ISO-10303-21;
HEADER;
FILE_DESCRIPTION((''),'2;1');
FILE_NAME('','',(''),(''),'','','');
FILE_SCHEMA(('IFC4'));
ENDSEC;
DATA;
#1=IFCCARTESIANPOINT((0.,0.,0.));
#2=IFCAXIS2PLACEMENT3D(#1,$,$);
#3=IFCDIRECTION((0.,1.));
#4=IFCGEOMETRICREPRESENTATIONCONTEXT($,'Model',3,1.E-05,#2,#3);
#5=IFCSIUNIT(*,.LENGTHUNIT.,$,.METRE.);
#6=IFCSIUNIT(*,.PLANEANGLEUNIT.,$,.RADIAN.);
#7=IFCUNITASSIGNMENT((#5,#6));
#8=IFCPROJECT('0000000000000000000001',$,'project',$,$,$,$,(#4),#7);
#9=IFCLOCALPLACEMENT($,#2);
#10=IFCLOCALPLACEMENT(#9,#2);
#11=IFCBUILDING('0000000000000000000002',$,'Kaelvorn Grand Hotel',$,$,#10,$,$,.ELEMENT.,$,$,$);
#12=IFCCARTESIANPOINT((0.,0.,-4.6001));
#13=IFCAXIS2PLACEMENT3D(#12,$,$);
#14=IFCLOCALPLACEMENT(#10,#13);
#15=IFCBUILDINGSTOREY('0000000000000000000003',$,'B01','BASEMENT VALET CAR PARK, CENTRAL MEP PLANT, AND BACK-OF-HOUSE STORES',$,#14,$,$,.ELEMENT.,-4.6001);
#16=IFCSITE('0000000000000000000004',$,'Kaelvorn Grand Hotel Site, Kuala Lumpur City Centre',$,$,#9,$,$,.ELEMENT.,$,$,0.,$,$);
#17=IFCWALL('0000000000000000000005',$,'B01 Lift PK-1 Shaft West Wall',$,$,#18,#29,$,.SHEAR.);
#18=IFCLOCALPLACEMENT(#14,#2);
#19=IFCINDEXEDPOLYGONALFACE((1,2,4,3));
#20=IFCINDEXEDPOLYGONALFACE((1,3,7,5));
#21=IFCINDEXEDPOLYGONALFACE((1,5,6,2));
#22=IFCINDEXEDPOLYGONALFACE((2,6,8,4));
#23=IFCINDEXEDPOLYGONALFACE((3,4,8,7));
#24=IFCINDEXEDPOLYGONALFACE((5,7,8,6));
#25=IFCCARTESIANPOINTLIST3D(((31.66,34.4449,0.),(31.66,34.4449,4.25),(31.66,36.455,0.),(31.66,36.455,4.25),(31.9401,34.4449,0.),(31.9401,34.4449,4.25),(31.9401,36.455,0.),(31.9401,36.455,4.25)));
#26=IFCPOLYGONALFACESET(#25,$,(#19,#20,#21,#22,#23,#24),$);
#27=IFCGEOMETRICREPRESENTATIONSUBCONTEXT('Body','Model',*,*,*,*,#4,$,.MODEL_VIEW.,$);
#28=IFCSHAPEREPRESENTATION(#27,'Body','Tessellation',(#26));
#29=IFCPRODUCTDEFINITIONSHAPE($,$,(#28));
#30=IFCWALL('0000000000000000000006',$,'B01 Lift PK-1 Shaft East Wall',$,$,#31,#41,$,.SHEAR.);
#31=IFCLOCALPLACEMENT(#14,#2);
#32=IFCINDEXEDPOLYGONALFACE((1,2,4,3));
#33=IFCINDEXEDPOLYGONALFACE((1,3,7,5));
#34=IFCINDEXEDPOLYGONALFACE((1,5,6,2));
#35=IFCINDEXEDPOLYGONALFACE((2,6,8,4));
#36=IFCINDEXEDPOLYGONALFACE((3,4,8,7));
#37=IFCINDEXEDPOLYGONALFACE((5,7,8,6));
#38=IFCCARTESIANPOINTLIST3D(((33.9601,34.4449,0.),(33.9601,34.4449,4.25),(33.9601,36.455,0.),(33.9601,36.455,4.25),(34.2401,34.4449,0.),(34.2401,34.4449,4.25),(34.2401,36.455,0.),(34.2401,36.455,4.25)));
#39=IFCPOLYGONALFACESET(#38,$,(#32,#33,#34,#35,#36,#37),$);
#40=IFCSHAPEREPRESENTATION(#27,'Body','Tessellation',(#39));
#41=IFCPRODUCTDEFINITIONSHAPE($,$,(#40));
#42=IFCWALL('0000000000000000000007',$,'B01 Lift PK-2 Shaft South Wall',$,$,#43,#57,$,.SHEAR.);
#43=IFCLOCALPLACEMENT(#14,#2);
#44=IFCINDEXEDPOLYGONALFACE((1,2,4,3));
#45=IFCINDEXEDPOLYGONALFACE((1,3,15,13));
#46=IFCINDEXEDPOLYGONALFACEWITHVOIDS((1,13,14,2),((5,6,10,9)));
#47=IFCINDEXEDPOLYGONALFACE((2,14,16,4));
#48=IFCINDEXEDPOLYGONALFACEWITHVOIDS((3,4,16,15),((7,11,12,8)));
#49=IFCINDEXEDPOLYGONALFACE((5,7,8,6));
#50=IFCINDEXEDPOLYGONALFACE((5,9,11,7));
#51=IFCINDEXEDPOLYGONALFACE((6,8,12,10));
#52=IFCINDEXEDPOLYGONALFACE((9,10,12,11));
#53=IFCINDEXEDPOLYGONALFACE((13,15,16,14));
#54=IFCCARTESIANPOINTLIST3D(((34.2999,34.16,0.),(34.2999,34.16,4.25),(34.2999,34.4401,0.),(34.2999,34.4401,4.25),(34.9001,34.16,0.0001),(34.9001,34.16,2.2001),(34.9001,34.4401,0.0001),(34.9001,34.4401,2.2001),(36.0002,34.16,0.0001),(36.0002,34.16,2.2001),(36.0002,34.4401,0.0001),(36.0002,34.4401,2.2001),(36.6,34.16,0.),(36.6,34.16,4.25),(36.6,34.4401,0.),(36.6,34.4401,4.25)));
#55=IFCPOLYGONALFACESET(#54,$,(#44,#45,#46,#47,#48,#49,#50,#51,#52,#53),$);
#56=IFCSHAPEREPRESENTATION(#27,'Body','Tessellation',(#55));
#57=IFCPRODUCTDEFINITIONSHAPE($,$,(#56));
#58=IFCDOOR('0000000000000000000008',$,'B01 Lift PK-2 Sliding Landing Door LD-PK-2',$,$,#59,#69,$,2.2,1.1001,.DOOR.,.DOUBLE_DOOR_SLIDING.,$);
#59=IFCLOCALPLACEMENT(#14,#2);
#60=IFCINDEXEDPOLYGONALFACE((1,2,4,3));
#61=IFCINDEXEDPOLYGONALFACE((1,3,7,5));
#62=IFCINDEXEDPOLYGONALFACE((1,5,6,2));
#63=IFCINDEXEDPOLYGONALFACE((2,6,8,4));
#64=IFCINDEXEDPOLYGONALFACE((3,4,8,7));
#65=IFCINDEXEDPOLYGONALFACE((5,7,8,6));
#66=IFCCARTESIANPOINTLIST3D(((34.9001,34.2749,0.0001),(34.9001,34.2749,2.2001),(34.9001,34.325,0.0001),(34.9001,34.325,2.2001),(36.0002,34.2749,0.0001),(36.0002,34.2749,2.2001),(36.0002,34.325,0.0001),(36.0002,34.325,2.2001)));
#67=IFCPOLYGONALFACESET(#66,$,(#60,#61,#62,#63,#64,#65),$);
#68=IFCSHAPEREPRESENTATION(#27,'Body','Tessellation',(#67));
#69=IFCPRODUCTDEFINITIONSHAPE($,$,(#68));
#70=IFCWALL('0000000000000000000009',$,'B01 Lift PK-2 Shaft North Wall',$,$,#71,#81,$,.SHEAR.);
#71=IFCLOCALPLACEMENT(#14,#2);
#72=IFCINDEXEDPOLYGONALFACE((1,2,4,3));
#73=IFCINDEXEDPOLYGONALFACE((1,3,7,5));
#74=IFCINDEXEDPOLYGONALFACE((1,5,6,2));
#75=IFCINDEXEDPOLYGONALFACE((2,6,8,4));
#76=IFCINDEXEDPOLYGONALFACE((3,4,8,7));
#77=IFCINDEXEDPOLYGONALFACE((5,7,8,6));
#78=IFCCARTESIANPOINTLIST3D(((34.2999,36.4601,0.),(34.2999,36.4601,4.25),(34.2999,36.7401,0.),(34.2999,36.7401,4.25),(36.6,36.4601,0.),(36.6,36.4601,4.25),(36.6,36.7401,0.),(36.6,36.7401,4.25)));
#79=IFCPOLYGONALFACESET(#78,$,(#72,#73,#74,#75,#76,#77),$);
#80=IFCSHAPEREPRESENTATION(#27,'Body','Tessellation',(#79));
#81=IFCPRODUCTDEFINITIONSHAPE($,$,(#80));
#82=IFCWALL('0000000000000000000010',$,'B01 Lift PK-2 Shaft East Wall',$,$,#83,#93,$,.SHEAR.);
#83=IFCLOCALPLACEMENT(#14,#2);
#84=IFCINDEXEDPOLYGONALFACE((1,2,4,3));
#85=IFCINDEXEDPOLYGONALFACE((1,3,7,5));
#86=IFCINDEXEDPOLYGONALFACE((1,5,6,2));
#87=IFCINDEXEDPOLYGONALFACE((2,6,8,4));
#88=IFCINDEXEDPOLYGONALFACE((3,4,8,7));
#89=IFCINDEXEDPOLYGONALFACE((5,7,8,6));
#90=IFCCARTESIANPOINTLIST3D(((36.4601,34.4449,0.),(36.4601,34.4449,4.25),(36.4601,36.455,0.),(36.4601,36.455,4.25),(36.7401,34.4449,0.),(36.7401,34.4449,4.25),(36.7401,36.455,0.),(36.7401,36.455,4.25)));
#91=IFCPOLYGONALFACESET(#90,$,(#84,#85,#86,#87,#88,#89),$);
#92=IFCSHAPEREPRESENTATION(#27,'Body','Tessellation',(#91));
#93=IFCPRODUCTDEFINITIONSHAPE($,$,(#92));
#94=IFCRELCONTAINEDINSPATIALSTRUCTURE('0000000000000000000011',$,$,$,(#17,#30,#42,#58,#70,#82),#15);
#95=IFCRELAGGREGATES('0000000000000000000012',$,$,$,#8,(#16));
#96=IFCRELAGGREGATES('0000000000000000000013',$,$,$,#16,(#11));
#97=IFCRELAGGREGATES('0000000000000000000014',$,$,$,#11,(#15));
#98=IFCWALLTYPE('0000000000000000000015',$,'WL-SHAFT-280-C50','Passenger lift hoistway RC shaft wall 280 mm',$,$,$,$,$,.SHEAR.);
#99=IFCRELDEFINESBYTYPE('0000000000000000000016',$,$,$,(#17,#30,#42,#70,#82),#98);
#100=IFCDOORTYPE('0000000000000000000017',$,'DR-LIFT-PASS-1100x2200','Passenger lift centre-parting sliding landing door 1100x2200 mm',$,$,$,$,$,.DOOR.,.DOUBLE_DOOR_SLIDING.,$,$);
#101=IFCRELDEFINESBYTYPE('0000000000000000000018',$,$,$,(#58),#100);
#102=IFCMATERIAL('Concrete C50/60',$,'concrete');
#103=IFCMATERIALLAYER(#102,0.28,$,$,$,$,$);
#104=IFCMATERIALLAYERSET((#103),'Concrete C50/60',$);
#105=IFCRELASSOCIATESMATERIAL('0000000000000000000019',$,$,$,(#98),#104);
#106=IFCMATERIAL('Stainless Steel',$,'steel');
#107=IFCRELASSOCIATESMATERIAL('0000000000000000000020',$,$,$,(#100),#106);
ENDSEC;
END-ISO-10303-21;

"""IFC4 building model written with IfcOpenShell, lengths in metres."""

from ifc_helpers import new_model, si_unit, direction, frame, frame_2d, origin, place, context, subcontext, project, spatial, rectangle, extrude, material, layer, layer_set, type_object, element, fill, save


model = new_model("IFC4")

# Units and contexts
model_context = context("Model", 3, precision=1e-05, world=origin(), true_north=direction((0.0, 1.0)))
body_context = subcontext(model_context, "Body", "Model", "MODEL_VIEW")
ifc_project = project(units=[si_unit("LENGTHUNIT", "METRE"), si_unit("PLANEANGLEUNIT", "RADIAN")], contexts=[model_context])

# Site, building, storey
site_placement = place(None, origin())
site = spatial("IfcSite", under=ifc_project, at=site_placement, Name="Kaelvorn Grand Hotel Site, Kuala Lumpur City Centre", CompositionType="ELEMENT", RefElevation=0.0)
building_placement = place(site_placement, origin())
building = spatial("IfcBuilding", under=site, at=building_placement, Name="Kaelvorn Grand Hotel", CompositionType="ELEMENT")
storey_placement = place(building_placement, frame((0.0, 0.0, -4.6001)))
storey = spatial("IfcBuildingStorey", under=building, at=storey_placement, Name="B01", Description="BASEMENT VALET CAR PARK, CENTRAL MEP PLANT, AND BACK-OF-HOUSE STORES", CompositionType="ELEMENT", Elevation=-4.6001)

# Shared definitions
ifc_material_1 = material(Name="Concrete C50/60", Category="concrete")
ifc_layer_1 = layer(ifc_material_1, 0.28)
ifc_layer_set_1 = layer_set([ifc_layer_1], Name="Concrete C50/60")
wall_type_1 = type_object("IfcWallType", Name="WL-SHAFT-280-C50", Description="Passenger lift hoistway RC shaft wall 280 mm", PredefinedType="SHEAR", material=ifc_layer_set_1)
ifc_material_2 = material(Name="Stainless Steel", Category="steel")
door_type_1 = type_object("IfcDoorType", Name="DR-LIFT-PASS-1100x2200", Description="Passenger lift centre-parting sliding landing door 1100x2200 mm", OperationType="DOUBLE_DOOR_SLIDING", PredefinedType="DOOR", material=ifc_material_2)

# Walls
for number, where, z_axis, x_axis, name in (
    (1, (31.8, 34.4451, 0.0), (0.0, 0.0, 1.0), (0.0, 1.0, 0.0), "B01 Lift PK-1 Shaft West Wall"),
    (2, (34.1001, 34.4451, 0.0), (0.0, 0.0, 1.0), (0.0, 1.0, 0.0), "B01 Lift PK-1 Shaft East Wall"),
):
    element("IfcWall", number, at=place(storey_placement, frame(where, z_axis=z_axis, x_axis=x_axis)), inside=storey, type_object=wall_type_1, Name=name, PredefinedType="SHEAR", context=body_context, shape_type="SweptSolid", body=[
        extrude(rectangle(XDim=2.01, YDim=0.28, at=frame_2d((1.0049, 0.0))), origin(), (0.0, 0.0, 1.0), 4.25),
    ])

# Wall, opening, door
wall_1_placement = place(storey_placement, frame((34.3, 34.3, 0.0), z_axis=(0.0, 0.0, 1.0), x_axis=(1.0, 0.0, 0.0)))
wall_1 = element("IfcWall", 3, at=wall_1_placement, inside=storey, type_object=wall_type_1, Name="B01 Lift PK-2 Shaft South Wall", PredefinedType="SHEAR", context=body_context, shape_type="SweptSolid", body=[
    extrude(rectangle(XDim=2.3, YDim=0.28, at=frame_2d((1.1499, 0.0))), origin(), (0.0, 0.0, 1.0), 4.25),
])
opening_1_placement = place(wall_1_placement, frame((0.6001, 0.0, 0.0)))
opening_1 = element("IfcOpeningElement", 4, at=opening_1_placement, cuts=wall_1, PredefinedType="OPENING", context=body_context, shape_type="SweptSolid", body=[
    extrude(rectangle(XDim=1.1001, YDim=2.2, at=frame_2d((0.55, 1.1001))), frame((0.0, 0.1499, 0.0), z_axis=(0.0, -1.0, 0.0), x_axis=(1.0, 0.0, 0.0)), (0.0, 0.0, 1.0), 0.3),
])
door_1_placement = place(opening_1_placement, origin())
door_1 = element("IfcDoor", 5, at=door_1_placement, inside=storey, type_object=door_type_1, Name="B01 Lift PK-2 Sliding Landing Door LD-PK-2", OperationType="DOUBLE_DOOR_SLIDING", OverallHeight=2.2, OverallWidth=1.1001, PredefinedType="DOOR", context=body_context, shape_type="SweptSolid", body=[
    extrude(rectangle(XDim=1.1001, YDim=2.2, at=frame_2d((0.55, 1.1001))), frame((0.0, 0.0249, 0.0), z_axis=(0.0, -1.0, 0.0), x_axis=(1.0, 0.0, 0.0)), (0.0, 0.0, 1.0), 0.05),
])
fill(opening_1, door_1)

# Walls
wall_2_placement = place(storey_placement, frame((34.3, 36.6001, 0.0), z_axis=(0.0, 0.0, 1.0), x_axis=(1.0, 0.0, 0.0)))
element("IfcWall", 6, at=wall_2_placement, inside=storey, type_object=wall_type_1, Name="B01 Lift PK-2 Shaft North Wall", PredefinedType="SHEAR", context=body_context, shape_type="SweptSolid", body=[
    extrude(rectangle(XDim=2.3, YDim=0.28, at=frame_2d((1.1499, 0.0))), origin(), (0.0, 0.0, 1.0), 4.25),
])
wall_3_placement = place(storey_placement, frame((36.6001, 34.4451, 0.0), z_axis=(0.0, 0.0, 1.0), x_axis=(0.0, 1.0, 0.0)))
element("IfcWall", 7, at=wall_3_placement, inside=storey, type_object=wall_type_1, Name="B01 Lift PK-2 Shaft East Wall", PredefinedType="SHEAR", context=body_context, shape_type="SweptSolid", body=[
    extrude(rectangle(XDim=2.01, YDim=0.28, at=frame_2d((1.0049, 0.0))), origin(), (0.0, 0.0, 1.0), 4.25),
])

save(model, "model.ifc")
